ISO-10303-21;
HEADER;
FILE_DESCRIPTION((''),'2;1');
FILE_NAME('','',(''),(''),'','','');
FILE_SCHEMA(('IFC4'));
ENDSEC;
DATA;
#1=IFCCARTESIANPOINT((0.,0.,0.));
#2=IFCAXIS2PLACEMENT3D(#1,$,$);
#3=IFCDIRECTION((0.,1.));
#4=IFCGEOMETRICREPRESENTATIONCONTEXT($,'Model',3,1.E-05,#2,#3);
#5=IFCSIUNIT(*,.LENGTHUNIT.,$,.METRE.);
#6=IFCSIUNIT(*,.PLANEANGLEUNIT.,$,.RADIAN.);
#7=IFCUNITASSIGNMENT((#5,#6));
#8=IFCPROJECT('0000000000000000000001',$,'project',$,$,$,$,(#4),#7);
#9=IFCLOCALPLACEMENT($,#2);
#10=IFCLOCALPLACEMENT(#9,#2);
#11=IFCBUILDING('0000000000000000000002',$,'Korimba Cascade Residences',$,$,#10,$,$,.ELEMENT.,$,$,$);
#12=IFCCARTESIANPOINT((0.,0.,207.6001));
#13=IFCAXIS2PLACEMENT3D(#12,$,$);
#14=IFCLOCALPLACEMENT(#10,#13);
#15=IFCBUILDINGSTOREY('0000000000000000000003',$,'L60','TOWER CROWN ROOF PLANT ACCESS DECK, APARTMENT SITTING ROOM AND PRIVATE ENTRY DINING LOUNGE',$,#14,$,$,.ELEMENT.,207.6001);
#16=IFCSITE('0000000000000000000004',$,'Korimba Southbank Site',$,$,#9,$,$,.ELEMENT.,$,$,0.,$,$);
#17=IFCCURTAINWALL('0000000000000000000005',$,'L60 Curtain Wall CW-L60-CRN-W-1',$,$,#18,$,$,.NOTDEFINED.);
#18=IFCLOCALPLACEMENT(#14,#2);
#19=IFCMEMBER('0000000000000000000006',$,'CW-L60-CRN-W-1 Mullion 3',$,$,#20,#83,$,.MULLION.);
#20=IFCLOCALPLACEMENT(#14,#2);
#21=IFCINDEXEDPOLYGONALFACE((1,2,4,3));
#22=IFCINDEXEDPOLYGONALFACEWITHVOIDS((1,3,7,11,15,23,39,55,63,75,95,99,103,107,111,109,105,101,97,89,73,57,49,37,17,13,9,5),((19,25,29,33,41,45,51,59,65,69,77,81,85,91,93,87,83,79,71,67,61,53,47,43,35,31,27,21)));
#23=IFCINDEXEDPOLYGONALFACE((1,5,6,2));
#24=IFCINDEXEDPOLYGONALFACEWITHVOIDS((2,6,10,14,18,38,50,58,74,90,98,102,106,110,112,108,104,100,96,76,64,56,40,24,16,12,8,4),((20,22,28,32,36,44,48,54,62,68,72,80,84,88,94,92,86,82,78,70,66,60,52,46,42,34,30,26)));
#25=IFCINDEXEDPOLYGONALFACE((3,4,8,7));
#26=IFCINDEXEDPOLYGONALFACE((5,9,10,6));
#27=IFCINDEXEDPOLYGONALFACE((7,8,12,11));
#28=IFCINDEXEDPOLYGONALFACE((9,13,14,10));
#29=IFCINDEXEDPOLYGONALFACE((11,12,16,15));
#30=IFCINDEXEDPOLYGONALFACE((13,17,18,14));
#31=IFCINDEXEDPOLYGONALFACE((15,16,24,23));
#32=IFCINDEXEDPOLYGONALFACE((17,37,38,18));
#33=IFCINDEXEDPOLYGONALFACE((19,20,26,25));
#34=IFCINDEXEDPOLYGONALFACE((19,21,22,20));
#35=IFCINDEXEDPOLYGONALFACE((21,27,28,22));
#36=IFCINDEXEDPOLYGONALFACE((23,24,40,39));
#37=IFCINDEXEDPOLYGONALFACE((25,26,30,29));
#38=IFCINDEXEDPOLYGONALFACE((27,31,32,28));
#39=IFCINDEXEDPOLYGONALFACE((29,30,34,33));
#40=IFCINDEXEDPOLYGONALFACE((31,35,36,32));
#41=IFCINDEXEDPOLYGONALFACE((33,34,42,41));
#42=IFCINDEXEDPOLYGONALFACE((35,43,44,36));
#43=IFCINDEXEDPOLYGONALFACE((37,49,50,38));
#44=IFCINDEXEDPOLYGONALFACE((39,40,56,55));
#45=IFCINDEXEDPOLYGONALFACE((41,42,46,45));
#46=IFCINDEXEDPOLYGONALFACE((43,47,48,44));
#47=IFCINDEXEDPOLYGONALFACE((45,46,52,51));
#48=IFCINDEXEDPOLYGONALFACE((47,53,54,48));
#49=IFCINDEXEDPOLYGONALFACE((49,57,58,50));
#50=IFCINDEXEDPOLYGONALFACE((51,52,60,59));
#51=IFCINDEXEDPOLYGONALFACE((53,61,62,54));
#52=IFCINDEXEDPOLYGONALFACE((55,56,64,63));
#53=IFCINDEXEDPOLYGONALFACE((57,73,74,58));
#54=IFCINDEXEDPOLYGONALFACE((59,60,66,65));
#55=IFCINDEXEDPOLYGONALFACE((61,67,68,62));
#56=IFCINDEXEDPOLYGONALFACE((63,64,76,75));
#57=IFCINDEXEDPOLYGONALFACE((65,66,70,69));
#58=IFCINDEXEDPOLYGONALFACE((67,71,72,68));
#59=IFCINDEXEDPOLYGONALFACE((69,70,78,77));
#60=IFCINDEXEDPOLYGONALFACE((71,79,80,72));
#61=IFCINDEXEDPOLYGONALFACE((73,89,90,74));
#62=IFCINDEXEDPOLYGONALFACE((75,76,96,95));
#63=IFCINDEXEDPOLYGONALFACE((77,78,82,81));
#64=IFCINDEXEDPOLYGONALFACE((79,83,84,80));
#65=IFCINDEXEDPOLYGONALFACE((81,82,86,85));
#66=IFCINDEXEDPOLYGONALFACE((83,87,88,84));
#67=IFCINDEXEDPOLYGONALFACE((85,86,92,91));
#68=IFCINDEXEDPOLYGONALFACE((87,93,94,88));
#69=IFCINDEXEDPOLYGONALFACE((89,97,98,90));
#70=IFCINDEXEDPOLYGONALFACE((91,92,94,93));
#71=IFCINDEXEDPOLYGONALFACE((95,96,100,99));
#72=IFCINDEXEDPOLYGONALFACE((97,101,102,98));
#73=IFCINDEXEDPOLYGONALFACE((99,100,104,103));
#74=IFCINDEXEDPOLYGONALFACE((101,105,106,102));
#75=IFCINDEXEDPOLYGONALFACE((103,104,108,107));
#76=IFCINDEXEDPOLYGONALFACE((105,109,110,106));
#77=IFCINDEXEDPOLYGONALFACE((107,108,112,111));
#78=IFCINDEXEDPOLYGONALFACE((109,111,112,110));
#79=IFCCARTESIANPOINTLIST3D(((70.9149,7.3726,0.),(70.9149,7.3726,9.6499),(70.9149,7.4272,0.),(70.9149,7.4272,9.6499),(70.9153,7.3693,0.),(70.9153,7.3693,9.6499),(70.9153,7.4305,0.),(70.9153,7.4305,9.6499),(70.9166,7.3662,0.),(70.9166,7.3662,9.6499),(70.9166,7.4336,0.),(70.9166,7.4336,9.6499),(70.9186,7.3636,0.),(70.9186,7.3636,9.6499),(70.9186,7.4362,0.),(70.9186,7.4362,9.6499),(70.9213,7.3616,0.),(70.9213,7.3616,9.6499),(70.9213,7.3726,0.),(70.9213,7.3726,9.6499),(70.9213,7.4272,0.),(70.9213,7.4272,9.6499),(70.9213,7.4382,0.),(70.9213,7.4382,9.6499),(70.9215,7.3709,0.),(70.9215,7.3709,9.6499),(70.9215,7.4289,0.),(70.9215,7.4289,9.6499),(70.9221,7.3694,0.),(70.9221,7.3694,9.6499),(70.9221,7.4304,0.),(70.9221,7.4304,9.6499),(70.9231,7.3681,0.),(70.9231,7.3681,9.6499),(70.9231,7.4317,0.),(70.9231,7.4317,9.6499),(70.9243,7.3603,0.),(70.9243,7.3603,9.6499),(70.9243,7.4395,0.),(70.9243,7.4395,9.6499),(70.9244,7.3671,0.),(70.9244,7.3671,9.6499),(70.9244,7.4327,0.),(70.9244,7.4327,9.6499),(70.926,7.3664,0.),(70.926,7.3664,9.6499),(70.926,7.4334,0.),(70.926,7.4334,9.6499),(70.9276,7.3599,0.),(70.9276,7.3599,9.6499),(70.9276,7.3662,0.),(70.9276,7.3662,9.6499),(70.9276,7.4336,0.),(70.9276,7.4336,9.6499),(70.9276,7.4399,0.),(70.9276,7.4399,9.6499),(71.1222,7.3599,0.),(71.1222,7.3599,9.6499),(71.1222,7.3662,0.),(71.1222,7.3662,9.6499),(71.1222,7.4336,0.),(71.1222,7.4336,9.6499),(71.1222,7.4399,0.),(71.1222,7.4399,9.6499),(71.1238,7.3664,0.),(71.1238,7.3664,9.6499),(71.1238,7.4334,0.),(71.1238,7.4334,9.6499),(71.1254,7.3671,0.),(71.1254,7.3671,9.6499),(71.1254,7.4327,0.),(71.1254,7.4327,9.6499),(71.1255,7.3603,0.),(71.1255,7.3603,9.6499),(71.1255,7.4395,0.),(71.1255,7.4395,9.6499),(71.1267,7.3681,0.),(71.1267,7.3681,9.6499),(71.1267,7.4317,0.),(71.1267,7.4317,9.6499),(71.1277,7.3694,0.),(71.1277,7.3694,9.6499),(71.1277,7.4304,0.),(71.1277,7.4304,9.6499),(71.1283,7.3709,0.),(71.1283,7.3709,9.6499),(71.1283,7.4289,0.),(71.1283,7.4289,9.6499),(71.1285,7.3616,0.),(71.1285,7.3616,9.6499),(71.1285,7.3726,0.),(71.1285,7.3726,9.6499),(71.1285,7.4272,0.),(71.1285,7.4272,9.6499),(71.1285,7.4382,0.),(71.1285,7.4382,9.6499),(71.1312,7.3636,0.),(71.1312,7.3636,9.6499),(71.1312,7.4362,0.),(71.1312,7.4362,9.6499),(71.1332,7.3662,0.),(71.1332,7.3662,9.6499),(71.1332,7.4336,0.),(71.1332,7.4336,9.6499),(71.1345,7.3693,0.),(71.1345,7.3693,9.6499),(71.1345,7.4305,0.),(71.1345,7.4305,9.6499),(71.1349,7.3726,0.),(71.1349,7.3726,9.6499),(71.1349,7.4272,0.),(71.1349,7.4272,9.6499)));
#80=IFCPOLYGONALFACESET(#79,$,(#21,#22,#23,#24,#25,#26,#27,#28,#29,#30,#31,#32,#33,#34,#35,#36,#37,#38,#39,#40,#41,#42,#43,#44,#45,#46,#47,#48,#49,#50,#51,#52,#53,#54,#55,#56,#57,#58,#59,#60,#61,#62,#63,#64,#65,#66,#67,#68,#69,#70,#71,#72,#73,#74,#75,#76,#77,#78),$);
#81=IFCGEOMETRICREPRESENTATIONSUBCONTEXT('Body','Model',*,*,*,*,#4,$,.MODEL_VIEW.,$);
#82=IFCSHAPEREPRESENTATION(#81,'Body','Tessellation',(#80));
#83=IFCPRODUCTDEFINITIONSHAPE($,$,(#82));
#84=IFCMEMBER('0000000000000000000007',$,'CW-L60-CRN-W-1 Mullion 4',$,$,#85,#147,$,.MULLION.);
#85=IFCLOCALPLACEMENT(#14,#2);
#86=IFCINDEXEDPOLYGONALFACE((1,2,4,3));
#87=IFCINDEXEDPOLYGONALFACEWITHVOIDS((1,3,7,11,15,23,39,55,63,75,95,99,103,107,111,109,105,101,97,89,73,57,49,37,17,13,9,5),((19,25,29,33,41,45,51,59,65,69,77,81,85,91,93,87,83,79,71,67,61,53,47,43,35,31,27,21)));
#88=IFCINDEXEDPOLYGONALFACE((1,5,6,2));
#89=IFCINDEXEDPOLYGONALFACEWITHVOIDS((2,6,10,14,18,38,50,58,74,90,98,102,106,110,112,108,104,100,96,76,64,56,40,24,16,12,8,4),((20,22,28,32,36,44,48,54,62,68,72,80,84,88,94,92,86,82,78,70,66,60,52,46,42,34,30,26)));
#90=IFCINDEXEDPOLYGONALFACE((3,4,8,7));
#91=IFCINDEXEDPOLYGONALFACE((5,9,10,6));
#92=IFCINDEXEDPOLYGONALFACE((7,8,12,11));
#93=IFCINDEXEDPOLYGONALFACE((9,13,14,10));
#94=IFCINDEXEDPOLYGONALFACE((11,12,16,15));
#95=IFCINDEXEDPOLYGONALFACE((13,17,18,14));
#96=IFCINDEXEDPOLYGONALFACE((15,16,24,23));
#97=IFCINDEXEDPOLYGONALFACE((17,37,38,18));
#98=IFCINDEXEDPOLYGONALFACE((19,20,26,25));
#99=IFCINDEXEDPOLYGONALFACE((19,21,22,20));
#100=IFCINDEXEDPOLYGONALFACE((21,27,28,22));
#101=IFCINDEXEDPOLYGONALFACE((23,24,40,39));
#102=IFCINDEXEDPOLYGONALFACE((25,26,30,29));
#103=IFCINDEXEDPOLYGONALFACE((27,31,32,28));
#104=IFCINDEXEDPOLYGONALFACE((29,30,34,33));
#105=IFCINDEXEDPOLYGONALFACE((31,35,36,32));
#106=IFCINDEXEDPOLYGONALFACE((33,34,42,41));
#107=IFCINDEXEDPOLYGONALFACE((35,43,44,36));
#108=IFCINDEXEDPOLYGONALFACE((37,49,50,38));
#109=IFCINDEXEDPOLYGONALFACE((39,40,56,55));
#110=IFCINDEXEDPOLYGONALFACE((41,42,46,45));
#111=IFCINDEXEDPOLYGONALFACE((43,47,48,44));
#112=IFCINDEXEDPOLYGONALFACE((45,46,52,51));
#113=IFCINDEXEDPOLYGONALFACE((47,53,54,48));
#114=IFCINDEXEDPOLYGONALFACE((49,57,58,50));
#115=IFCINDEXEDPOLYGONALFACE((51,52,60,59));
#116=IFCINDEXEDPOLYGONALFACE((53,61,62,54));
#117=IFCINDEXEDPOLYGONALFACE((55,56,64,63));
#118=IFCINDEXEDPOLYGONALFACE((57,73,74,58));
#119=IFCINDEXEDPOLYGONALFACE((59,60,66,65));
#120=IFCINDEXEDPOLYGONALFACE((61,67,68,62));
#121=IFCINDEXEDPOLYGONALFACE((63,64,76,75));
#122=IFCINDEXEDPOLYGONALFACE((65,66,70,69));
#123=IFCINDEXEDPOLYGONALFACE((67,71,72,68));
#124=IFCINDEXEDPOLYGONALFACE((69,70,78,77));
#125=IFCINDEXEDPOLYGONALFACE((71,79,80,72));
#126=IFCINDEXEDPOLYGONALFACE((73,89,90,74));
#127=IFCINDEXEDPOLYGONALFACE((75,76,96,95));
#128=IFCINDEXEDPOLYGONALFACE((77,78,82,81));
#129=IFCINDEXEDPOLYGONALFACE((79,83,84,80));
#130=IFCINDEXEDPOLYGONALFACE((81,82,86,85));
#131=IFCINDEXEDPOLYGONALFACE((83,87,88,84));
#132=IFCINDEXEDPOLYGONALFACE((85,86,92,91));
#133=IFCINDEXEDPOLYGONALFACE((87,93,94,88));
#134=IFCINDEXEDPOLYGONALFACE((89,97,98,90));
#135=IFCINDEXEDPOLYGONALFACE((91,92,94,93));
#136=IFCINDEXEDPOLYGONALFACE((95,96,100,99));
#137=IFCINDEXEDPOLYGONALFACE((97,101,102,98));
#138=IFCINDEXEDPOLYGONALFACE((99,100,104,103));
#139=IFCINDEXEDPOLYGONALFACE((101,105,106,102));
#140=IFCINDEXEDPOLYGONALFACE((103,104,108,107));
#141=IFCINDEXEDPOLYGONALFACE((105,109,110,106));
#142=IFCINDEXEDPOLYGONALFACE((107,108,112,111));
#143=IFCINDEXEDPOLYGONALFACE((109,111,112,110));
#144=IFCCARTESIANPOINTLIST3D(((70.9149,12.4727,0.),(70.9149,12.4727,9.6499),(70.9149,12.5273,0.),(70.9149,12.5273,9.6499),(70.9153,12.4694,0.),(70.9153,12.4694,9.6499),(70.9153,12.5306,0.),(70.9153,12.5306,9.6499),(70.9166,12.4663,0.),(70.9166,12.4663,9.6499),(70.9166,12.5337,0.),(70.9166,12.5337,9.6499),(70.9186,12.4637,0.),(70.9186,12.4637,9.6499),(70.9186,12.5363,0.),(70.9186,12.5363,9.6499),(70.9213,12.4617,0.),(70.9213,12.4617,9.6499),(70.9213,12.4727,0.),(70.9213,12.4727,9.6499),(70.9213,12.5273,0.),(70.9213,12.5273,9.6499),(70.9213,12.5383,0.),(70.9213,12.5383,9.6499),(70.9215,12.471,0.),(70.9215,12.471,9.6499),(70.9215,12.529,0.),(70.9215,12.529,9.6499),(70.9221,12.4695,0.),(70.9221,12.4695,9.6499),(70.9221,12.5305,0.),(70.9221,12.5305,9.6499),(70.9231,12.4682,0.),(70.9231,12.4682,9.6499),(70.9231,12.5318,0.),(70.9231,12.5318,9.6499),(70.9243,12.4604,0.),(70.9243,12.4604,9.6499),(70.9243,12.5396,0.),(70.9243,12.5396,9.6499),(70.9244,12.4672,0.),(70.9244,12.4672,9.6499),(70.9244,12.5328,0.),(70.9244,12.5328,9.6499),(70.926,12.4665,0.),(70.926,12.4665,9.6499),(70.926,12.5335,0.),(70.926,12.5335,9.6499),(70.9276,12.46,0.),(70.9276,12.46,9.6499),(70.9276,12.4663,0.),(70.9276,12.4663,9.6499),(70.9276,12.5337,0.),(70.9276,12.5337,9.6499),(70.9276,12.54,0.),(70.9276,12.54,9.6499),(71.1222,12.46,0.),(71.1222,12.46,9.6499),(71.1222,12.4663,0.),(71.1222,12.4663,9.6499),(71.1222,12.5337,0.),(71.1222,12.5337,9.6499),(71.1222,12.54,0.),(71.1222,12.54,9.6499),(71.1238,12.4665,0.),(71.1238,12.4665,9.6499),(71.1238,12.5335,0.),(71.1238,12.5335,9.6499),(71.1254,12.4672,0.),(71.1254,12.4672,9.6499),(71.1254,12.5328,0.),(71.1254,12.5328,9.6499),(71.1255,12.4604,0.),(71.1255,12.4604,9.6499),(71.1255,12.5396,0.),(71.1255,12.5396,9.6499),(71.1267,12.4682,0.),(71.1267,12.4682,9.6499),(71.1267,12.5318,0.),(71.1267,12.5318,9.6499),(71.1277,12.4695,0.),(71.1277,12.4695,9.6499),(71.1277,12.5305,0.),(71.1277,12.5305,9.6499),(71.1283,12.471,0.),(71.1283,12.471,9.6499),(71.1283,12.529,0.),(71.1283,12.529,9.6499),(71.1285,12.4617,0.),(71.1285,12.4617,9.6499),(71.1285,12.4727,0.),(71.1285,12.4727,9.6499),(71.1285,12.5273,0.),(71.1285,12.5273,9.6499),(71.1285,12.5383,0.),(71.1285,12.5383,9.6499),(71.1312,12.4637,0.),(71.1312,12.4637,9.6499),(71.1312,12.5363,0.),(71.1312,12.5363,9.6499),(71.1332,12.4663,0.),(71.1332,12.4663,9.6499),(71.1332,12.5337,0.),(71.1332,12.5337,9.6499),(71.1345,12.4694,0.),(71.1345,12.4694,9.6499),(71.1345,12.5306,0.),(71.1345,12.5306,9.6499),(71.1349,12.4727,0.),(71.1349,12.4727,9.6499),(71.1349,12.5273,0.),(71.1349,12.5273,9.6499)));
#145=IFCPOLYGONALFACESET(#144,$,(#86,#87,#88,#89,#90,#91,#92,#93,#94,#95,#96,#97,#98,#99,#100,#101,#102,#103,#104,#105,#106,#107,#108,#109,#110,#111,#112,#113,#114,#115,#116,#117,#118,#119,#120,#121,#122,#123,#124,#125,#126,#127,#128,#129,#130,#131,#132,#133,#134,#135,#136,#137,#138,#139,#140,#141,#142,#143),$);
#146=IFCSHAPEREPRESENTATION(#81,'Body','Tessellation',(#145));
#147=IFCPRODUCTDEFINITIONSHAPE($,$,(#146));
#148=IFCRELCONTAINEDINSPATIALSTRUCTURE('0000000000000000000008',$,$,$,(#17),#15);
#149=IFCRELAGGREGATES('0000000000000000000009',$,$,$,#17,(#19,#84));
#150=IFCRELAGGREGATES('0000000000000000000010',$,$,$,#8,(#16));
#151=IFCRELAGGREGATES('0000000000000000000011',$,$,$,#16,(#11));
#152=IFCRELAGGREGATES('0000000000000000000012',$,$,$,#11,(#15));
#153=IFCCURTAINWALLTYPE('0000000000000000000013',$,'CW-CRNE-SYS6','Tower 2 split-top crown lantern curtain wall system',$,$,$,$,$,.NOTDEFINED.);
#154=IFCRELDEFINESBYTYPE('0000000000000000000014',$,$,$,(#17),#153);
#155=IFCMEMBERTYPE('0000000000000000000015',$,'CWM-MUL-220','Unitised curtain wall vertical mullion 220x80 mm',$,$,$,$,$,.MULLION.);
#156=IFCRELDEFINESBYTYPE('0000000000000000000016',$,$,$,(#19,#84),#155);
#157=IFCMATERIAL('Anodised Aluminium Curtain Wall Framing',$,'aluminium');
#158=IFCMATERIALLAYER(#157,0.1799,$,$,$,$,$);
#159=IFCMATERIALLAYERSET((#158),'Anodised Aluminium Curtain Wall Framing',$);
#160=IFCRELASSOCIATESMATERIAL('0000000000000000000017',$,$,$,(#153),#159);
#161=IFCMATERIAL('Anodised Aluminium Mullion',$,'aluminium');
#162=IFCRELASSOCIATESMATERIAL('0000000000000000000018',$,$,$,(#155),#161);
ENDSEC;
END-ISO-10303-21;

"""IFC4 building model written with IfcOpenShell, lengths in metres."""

from ifc_helpers import new_model, si_unit, direction, frame, origin, origin_2d, place, context, subcontext, project, spatial, hollow_rectangle, extrude, material, layer, layer_set, material_profile, profile_set, type_object, element, aggregate, save


model = new_model("IFC4")

# Units and contexts
model_context = context("Model", 3, precision=1e-05, world=origin(), true_north=direction((0.0, 1.0)))
body_context = subcontext(model_context, "Body", "Model", "MODEL_VIEW")
ifc_project = project(units=[si_unit("LENGTHUNIT", "METRE"), si_unit("PLANEANGLEUNIT", "RADIAN")], contexts=[model_context])

# Site, building, storey
site_placement = place(None, origin())
site = spatial("IfcSite", under=ifc_project, at=site_placement, Name="Korimba Southbank Site", CompositionType="ELEMENT", RefElevation=0.0)
building_placement = place(site_placement, origin())
building = spatial("IfcBuilding", under=site, at=building_placement, Name="Korimba Cascade Residences", CompositionType="ELEMENT")
storey_placement = place(building_placement, frame((0.0, 0.0, 207.6001)))
storey = spatial("IfcBuildingStorey", under=building, at=storey_placement, Name="L60", Description="TOWER CROWN ROOF PLANT ACCESS DECK, APARTMENT SITTING ROOM AND PRIVATE ENTRY DINING LOUNGE", CompositionType="ELEMENT", Elevation=207.6001)

# Curtain wall, members
ifc_material_1 = material(Name="Anodised Aluminium Curtain Wall Framing", Category="aluminium")
ifc_layer_1 = layer(ifc_material_1, 0.1799)
ifc_layer_set_1 = layer_set([ifc_layer_1], Name="Anodised Aluminium Curtain Wall Framing")
curtain_wall_type = type_object("IfcCurtainWallType", Name="CW-CRNE-SYS6", Description="Tower 2 split-top crown lantern curtain wall system", PredefinedType="NOTDEFINED", material=ifc_layer_set_1)
curtain_wall_placement = place(storey_placement, origin())
curtain_wall = element("IfcCurtainWall", 1, at=curtain_wall_placement, inside=storey, type_object=curtain_wall_type, Name="L60 Curtain Wall CW-L60-CRN-W-1", PredefinedType="NOTDEFINED")
ifc_material_2 = material(Name="Anodised Aluminium Mullion", Category="aluminium")
ifc_material_profile_1 = material_profile(ifc_material_2, hollow_rectangle(XDim=0.0801, YDim=0.22, WallThickness=0.0063, InnerFilletRadius=0.0063, OuterFilletRadius=0.0127, at=origin_2d()), Name="Anodised Aluminium Mullion")
ifc_profile_set_1 = profile_set([ifc_material_profile_1], Name="Anodised Aluminium Mullion")
member_type_1 = type_object("IfcMemberType", Name="CWM-MUL-220", Description="Unitised curtain wall vertical mullion 220x80 mm", PredefinedType="MULLION", material=ifc_profile_set_1)
member_1_placement = place(storey_placement, frame((71.0249, 7.3999, 0.0), z_axis=(0.0, 0.0, 1.0), x_axis=(0.0, 1.0, 0.0)))
member_1 = element("IfcMember", 2, at=member_1_placement, type_object=member_type_1, Name="CW-L60-CRN-W-1 Mullion 3", PredefinedType="MULLION", context=body_context, shape_type="SweptSolid", body=[
    extrude(hollow_rectangle(XDim=0.0801, YDim=0.22, WallThickness=0.0063, InnerFilletRadius=0.0063, OuterFilletRadius=0.0127, at=origin_2d()), origin(), (0.0, 0.0, 1.0), 9.6499),
])
member_2_placement = place(storey_placement, frame((71.0249, 12.5, 0.0), z_axis=(0.0, 0.0, 1.0), x_axis=(0.0, 1.0, 0.0)))
member_2 = element("IfcMember", 3, at=member_2_placement, type_object=member_type_1, Name="CW-L60-CRN-W-1 Mullion 4", PredefinedType="MULLION", context=body_context, shape_type="SweptSolid", body=[
    extrude(hollow_rectangle(XDim=0.0801, YDim=0.22, WallThickness=0.0063, InnerFilletRadius=0.0063, OuterFilletRadius=0.0127, at=origin_2d()), origin(), (0.0, 0.0, 1.0), 9.6499),
])
aggregate(curtain_wall, [member_1, member_2])

save(model, "model.ifc")
